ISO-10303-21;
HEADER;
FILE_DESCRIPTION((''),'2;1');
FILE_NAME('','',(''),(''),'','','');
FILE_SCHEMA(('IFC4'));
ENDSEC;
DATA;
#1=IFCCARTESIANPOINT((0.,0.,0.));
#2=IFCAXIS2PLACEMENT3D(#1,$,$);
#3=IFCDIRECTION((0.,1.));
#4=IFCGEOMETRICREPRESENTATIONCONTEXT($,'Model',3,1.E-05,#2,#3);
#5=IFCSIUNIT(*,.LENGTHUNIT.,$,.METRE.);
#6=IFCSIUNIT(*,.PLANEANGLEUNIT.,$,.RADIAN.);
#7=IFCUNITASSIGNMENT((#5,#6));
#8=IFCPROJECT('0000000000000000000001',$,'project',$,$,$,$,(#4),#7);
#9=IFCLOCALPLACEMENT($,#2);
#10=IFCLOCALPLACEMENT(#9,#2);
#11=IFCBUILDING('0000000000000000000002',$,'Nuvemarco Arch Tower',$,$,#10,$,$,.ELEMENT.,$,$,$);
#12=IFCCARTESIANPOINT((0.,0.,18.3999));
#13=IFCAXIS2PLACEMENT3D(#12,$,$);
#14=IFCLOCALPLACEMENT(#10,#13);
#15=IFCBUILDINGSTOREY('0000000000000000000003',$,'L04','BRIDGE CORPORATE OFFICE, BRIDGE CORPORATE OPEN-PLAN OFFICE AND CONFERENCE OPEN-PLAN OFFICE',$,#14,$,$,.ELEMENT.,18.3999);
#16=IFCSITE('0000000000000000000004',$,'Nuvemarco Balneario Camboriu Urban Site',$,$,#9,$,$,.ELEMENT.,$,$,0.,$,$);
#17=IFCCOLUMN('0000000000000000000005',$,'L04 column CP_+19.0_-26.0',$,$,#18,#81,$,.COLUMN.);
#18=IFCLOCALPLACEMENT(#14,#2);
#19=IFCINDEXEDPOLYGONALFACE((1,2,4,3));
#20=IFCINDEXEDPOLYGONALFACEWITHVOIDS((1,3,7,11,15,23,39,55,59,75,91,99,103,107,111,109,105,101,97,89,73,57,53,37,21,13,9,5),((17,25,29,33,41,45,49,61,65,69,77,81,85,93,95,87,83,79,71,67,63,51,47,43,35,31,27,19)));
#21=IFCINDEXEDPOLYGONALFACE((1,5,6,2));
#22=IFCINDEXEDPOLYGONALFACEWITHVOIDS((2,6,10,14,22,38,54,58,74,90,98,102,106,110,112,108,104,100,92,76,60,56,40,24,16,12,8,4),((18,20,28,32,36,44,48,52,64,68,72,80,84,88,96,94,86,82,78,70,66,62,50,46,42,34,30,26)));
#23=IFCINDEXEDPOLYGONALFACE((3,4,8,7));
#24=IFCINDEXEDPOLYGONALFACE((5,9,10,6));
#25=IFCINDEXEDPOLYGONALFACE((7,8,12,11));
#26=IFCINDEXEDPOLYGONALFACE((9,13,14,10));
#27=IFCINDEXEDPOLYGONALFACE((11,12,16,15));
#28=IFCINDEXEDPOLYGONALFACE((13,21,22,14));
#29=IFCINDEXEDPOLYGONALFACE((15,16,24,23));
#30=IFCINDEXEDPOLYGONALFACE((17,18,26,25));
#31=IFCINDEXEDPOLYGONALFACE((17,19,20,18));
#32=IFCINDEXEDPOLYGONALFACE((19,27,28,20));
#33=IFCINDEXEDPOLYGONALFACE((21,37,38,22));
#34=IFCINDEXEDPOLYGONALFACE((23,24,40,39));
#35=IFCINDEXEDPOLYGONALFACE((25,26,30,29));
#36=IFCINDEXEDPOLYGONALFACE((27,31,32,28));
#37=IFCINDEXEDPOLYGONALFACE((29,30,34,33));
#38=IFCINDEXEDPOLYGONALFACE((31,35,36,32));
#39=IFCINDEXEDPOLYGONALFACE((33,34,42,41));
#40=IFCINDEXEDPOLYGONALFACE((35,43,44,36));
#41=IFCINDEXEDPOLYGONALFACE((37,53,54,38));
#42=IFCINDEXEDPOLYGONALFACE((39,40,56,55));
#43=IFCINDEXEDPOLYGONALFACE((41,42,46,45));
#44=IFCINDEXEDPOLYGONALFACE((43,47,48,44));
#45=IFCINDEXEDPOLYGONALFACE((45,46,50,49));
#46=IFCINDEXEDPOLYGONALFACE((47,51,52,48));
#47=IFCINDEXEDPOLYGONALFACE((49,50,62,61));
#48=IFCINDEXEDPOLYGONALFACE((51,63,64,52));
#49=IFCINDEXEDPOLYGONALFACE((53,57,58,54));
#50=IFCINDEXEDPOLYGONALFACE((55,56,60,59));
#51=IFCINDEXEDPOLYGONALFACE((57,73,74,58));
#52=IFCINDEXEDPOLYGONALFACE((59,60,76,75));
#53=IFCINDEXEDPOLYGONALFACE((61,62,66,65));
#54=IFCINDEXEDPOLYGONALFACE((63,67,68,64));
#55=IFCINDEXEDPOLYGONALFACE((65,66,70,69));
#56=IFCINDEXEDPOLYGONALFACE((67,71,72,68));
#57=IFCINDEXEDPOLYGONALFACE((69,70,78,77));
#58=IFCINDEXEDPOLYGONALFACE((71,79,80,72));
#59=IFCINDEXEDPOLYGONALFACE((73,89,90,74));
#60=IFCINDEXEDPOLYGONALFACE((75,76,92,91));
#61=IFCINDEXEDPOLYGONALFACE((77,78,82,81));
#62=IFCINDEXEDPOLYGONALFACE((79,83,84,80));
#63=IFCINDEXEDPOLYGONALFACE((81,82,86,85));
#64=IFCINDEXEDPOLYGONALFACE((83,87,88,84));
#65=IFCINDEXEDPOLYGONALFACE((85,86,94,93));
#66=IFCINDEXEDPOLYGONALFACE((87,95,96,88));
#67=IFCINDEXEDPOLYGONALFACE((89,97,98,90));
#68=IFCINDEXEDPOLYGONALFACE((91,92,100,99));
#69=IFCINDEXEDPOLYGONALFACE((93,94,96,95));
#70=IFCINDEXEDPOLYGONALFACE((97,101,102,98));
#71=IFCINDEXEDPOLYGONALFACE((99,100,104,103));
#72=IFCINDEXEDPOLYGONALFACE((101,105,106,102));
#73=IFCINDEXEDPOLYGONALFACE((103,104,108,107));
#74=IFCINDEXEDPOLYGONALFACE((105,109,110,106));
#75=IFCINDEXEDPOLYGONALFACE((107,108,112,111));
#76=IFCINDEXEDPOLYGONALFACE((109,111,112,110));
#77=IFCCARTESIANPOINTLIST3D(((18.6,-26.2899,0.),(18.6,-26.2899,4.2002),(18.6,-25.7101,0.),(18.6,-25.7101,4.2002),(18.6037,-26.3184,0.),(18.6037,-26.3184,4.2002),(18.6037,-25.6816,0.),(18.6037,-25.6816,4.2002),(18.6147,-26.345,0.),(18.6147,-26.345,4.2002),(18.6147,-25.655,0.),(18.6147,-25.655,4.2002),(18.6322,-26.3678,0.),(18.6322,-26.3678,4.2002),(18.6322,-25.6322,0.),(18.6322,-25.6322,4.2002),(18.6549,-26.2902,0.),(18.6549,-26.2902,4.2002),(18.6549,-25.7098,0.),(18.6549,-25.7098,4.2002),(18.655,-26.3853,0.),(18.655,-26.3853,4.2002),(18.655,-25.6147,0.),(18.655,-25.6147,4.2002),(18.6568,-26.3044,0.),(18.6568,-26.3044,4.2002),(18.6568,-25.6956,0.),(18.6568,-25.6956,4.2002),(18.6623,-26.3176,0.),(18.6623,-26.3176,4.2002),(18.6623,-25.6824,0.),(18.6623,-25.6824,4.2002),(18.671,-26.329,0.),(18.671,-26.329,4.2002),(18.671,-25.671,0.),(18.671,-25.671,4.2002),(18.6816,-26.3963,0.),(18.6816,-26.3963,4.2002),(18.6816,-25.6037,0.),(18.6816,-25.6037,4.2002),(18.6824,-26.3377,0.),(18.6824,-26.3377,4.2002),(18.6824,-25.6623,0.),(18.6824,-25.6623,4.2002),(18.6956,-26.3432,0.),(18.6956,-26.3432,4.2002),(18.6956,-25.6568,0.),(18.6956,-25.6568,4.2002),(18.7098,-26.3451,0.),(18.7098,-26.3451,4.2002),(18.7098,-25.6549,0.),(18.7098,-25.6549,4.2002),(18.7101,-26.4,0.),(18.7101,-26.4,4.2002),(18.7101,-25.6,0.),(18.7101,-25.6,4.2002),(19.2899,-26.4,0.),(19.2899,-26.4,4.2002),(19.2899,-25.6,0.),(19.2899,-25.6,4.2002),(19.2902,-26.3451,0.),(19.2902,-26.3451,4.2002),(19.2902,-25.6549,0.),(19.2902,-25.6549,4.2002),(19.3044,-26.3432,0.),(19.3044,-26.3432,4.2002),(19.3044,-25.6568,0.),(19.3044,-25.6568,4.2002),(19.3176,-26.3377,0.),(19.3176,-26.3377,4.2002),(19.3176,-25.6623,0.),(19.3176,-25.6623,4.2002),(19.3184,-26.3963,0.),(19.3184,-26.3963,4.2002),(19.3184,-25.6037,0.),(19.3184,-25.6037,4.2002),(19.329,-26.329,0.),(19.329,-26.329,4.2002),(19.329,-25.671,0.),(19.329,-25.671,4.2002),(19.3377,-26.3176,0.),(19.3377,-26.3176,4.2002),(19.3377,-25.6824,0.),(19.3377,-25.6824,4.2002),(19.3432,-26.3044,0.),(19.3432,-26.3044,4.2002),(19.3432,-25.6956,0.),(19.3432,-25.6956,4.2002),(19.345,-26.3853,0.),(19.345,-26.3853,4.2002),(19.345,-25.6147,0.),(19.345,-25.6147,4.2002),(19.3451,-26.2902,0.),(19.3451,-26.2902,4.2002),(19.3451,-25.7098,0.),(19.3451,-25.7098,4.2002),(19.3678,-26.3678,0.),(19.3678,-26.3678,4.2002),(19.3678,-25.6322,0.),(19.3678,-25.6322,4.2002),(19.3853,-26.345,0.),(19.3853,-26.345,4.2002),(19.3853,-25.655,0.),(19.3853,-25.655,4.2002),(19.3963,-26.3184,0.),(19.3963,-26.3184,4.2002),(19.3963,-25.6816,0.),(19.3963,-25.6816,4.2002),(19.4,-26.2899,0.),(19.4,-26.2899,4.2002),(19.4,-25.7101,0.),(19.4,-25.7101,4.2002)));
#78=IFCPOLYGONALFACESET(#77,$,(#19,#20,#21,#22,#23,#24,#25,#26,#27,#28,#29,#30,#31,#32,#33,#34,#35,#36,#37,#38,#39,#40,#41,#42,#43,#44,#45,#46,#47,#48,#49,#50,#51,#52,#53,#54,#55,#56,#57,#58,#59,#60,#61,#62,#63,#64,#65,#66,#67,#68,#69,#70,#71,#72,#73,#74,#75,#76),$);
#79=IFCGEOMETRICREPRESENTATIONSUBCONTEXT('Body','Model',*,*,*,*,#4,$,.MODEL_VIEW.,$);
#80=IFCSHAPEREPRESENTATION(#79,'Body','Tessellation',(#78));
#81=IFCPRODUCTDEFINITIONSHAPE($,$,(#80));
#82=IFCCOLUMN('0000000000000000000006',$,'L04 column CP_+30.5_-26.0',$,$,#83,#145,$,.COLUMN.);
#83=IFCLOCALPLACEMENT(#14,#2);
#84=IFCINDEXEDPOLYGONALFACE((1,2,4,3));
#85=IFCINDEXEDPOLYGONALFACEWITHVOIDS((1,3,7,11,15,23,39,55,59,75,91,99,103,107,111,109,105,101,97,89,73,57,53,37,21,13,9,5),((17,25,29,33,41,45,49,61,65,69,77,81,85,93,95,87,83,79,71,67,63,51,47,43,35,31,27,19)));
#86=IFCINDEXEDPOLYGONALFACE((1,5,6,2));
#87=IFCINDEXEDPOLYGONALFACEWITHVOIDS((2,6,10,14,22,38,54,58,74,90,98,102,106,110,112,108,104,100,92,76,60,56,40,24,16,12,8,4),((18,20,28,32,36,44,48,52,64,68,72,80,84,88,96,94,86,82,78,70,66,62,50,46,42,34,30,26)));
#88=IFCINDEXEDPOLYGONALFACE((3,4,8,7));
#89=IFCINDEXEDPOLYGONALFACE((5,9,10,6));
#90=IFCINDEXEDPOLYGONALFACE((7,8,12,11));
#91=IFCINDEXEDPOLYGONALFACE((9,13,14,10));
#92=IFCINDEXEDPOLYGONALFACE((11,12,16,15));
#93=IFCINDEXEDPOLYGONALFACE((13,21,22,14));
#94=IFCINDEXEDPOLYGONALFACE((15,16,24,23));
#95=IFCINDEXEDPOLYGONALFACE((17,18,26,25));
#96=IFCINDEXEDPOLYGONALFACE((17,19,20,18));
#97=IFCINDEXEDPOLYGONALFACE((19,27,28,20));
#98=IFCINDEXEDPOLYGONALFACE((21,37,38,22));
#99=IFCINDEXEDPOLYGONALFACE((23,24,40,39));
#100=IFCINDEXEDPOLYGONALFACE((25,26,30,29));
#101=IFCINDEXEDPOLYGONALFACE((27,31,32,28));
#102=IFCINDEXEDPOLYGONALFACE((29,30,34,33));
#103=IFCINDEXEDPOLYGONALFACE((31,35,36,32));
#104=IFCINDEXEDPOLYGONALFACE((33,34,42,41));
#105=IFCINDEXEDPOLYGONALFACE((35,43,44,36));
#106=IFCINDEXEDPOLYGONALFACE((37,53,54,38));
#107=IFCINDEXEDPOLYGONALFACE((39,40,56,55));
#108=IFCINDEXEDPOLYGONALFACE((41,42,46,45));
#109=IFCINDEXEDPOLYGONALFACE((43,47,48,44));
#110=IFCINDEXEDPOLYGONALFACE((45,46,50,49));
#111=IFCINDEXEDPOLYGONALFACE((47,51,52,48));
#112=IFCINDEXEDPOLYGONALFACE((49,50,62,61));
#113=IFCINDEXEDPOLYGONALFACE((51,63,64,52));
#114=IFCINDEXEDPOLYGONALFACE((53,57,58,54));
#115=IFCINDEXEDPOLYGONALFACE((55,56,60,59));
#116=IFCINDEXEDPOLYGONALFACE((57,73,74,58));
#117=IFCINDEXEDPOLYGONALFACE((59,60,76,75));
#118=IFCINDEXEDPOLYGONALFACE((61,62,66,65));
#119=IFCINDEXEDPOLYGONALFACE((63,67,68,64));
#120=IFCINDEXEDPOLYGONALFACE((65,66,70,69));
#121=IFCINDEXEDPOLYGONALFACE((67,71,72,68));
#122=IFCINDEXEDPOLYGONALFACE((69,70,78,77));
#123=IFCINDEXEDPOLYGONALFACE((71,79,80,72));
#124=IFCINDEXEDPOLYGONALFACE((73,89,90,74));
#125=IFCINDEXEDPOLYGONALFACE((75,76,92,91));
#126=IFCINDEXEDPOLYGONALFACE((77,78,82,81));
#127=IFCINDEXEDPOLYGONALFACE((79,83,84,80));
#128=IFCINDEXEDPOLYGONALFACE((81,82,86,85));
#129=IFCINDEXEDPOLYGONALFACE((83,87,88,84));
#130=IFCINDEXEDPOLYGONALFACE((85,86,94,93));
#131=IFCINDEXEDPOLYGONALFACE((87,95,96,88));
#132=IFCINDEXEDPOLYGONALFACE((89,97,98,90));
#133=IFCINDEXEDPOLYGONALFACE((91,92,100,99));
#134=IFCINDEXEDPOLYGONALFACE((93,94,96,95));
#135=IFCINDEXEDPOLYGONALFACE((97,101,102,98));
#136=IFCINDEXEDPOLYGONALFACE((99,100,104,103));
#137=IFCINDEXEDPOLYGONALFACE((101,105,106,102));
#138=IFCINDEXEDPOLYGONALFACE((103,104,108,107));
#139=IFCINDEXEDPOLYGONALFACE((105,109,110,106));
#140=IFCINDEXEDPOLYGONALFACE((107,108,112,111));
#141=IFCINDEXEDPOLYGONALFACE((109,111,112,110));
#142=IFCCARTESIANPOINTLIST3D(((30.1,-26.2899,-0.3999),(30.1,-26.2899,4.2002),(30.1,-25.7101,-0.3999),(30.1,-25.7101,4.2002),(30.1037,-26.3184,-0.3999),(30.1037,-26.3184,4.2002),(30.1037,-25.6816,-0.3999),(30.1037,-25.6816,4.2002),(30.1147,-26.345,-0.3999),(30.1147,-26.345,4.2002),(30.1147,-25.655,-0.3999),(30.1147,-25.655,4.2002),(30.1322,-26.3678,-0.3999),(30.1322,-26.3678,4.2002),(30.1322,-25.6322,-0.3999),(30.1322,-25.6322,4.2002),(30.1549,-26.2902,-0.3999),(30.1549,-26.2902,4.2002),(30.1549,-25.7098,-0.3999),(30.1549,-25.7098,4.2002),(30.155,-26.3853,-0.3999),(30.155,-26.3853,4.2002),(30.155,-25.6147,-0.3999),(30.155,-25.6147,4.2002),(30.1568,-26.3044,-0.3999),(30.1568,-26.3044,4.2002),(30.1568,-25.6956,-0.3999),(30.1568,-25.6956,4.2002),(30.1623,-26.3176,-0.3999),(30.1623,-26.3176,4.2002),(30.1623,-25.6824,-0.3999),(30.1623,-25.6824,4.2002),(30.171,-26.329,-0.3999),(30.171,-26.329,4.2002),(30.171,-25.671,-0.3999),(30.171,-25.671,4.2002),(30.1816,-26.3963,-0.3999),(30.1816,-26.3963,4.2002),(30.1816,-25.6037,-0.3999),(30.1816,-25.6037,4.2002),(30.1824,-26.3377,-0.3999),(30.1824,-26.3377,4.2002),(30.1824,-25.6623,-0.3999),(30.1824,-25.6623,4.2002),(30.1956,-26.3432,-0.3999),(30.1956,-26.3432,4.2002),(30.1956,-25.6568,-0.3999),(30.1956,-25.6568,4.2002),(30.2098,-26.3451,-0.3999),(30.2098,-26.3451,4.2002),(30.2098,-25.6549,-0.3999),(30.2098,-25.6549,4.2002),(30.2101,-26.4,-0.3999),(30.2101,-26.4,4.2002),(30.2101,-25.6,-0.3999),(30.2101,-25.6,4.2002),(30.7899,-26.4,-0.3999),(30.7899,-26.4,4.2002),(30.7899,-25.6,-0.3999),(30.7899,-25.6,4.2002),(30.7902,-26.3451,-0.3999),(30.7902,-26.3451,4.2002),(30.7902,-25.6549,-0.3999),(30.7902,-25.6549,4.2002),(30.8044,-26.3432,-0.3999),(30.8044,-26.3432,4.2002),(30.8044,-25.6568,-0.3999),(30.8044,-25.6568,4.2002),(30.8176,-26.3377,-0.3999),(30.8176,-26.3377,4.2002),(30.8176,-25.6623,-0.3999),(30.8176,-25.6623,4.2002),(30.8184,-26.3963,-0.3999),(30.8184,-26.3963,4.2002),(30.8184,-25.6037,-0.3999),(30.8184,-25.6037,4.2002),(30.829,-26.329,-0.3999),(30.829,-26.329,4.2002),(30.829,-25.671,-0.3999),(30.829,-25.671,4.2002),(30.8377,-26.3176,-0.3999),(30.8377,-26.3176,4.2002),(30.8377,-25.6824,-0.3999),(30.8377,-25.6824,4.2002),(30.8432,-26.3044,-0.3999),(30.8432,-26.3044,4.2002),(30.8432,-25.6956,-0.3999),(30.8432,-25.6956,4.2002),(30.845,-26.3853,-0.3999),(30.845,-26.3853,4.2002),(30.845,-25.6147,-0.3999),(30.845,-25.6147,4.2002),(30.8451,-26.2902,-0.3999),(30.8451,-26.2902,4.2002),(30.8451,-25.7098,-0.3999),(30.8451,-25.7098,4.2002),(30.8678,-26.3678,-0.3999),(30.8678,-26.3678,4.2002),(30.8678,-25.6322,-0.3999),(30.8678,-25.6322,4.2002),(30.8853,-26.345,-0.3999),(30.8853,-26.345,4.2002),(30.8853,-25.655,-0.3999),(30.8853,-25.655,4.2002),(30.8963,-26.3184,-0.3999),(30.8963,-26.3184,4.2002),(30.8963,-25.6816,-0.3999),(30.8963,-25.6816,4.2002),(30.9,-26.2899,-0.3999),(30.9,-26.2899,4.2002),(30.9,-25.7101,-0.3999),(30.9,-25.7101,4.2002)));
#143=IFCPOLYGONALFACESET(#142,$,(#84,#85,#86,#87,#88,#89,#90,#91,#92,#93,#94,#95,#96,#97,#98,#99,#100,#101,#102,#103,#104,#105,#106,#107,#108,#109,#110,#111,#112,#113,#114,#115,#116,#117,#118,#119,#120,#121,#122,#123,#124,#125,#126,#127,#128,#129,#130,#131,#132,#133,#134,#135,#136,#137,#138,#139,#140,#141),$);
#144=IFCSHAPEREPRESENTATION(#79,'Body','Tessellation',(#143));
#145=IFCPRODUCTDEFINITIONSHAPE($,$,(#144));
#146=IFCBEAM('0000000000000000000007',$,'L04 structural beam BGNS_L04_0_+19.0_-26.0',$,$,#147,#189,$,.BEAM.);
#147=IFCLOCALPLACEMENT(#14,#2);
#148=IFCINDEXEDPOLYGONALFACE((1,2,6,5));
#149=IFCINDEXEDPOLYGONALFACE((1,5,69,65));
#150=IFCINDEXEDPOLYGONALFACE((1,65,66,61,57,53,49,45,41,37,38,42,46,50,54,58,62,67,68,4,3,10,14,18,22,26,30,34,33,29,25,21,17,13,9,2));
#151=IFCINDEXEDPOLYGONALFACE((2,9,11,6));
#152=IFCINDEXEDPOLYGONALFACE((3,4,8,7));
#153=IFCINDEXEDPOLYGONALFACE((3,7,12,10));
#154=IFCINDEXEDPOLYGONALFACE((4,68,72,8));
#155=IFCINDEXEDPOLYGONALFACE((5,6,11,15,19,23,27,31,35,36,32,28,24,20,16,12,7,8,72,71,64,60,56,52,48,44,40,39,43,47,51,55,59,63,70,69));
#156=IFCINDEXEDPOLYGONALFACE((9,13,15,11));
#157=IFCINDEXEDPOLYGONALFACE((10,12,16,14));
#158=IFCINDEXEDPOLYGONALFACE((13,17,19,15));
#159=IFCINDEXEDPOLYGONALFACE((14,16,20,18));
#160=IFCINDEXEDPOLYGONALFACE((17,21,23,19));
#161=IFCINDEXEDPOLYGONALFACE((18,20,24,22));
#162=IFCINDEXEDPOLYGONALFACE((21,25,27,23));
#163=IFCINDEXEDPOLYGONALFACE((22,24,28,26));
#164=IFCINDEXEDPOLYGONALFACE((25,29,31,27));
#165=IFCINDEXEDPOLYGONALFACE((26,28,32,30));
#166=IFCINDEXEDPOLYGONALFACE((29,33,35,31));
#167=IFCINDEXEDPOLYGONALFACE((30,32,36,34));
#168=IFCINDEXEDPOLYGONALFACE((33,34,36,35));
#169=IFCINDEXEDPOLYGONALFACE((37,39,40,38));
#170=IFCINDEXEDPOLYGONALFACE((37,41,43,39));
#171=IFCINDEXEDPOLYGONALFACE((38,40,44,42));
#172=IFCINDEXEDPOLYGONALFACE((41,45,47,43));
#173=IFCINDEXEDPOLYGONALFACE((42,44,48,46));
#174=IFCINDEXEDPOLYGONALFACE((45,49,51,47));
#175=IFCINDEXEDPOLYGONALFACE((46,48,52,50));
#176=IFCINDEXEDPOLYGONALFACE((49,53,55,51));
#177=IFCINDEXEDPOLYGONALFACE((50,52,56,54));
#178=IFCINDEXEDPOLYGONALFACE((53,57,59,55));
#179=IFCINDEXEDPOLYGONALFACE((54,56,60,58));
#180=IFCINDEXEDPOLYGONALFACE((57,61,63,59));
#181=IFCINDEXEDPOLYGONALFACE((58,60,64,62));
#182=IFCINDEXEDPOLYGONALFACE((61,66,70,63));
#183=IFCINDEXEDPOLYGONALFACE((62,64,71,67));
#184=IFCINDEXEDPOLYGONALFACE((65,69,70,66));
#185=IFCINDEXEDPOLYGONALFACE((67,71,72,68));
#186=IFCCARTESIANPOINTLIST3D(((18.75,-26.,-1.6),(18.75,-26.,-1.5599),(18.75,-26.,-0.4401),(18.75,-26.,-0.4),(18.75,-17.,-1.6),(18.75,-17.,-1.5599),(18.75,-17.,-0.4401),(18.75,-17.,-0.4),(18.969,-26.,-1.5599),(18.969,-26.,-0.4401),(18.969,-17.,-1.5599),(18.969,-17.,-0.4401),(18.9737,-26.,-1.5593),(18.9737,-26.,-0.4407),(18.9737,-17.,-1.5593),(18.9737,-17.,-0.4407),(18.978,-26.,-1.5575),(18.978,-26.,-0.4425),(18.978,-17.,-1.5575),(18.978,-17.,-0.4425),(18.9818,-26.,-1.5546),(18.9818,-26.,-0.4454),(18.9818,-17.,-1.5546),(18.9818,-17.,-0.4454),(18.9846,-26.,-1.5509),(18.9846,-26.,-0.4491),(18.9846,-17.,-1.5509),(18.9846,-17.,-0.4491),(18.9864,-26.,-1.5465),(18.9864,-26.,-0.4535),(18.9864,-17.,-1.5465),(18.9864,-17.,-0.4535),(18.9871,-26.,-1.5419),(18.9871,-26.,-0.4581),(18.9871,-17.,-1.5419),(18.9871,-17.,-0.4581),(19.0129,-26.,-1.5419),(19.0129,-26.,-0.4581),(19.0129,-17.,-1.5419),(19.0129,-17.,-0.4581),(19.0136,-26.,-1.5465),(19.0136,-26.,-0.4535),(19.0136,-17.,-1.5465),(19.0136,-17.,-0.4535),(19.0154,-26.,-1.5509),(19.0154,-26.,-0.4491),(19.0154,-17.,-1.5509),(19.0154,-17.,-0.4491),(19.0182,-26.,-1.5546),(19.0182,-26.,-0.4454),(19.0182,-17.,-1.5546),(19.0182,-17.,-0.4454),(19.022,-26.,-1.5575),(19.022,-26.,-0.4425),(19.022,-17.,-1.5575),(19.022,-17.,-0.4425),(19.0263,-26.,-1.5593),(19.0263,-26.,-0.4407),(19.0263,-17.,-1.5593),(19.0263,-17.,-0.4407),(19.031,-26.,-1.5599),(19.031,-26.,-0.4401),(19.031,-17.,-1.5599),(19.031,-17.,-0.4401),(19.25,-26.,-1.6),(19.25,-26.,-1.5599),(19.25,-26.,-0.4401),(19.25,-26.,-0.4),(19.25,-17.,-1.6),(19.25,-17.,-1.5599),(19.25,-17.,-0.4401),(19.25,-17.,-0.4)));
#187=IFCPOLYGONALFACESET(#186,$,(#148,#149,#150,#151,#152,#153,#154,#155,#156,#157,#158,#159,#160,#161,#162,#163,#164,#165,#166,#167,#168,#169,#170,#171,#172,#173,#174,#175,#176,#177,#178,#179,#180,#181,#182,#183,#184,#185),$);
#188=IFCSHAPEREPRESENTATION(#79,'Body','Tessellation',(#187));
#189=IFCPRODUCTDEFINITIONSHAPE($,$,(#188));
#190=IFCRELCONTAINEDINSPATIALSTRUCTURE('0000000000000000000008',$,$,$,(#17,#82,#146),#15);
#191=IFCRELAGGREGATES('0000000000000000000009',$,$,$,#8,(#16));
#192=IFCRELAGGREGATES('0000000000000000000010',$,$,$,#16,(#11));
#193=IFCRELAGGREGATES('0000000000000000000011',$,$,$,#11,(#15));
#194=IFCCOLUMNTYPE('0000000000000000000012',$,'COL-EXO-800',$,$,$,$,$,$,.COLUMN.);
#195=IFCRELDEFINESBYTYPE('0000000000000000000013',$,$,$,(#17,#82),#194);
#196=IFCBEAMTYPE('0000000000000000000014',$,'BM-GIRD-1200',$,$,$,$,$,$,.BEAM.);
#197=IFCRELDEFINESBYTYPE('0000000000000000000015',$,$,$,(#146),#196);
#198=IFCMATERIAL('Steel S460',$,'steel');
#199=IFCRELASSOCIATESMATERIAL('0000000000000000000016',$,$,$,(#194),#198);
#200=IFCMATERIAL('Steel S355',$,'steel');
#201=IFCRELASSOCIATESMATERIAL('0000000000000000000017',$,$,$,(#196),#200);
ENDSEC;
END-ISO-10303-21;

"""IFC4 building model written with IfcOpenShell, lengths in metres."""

from ifc_helpers import new_model, si_unit, direction, frame, origin, origin_2d, place, context, subcontext, project, spatial, hollow_rectangle, i_section, extrude, material, material_profile, profile_set, type_object, element, save


model = new_model("IFC4")

# Units and contexts
model_context = context("Model", 3, precision=1e-05, world=origin(), true_north=direction((0.0, 1.0)))
body_context = subcontext(model_context, "Body", "Model", "MODEL_VIEW")
ifc_project = project(units=[si_unit("LENGTHUNIT", "METRE"), si_unit("PLANEANGLEUNIT", "RADIAN")], contexts=[model_context])

# Site, building, storey
site_placement = place(None, origin())
site = spatial("IfcSite", under=ifc_project, at=site_placement, Name="Nuvemarco Balneario Camboriu Urban Site", CompositionType="ELEMENT", RefElevation=0.0)
building_placement = place(site_placement, origin())
building = spatial("IfcBuilding", under=site, at=building_placement, Name="Nuvemarco Arch Tower", CompositionType="ELEMENT")
storey_placement = place(building_placement, frame((0.0, 0.0, 18.3999)))
storey = spatial("IfcBuildingStorey", under=building, at=storey_placement, Name="L04", Description="BRIDGE CORPORATE OFFICE, BRIDGE CORPORATE OPEN-PLAN OFFICE AND CONFERENCE OPEN-PLAN OFFICE", CompositionType="ELEMENT", Elevation=18.3999)

# Columns
ifc_material_1 = material(Name="Steel S460", Category="steel")
ifc_material_profile_1 = material_profile(ifc_material_1, hollow_rectangle(XDim=0.8, YDim=0.8, WallThickness=0.0549, InnerFilletRadius=0.0549, OuterFilletRadius=0.1101, at=origin_2d()), Name="SHS800x800x55")
ifc_profile_set_1 = profile_set([ifc_material_profile_1], Name="Steel S460")
column_type = type_object("IfcColumnType", Name="COL-EXO-800", PredefinedType="COLUMN", material=ifc_profile_set_1)
column_1_placement = place(storey_placement, frame((19.0, -26.0, 0.0), z_axis=(0.0, 0.0, 1.0), x_axis=(1.0, 0.0, 0.0)))
element("IfcColumn", 1, at=column_1_placement, inside=storey, type_object=column_type, Name="L04 column CP_+19.0_-26.0", PredefinedType="COLUMN", context=body_context, shape_type="SweptSolid", body=[
    extrude(hollow_rectangle(XDim=0.8, YDim=0.8, WallThickness=0.0549, InnerFilletRadius=0.0549, OuterFilletRadius=0.1101, at=origin_2d()), origin(), (0.0, 0.0, 1.0), 4.2002),
])
column_2_placement = place(storey_placement, frame((30.5, -26.0, -0.3999), z_axis=(0.0, 0.0, 1.0), x_axis=(1.0, 0.0, 0.0)))
element("IfcColumn", 2, at=column_2_placement, inside=storey, type_object=column_type, Name="L04 column CP_+30.5_-26.0", PredefinedType="COLUMN", context=body_context, shape_type="SweptSolid", body=[
    extrude(hollow_rectangle(XDim=0.8, YDim=0.8, WallThickness=0.0549, InnerFilletRadius=0.0549, OuterFilletRadius=0.1101, at=origin_2d()), origin(), (0.0, 0.0, 1.0), 4.6001),
])

# Beam
ifc_material_2 = material(Name="Steel S355", Category="steel")
ifc_material_profile_2 = material_profile(ifc_material_2, i_section(OverallWidth=0.5, OverallDepth=1.2, WebThickness=0.0259, FlangeThickness=0.04, FilletRadius=0.0181, at=origin_2d()), Name="PG1200x500")
ifc_profile_set_2 = profile_set([ifc_material_profile_2], Name="Steel S355")
beam_type_1 = type_object("IfcBeamType", Name="BM-GIRD-1200", PredefinedType="BEAM", material=ifc_profile_set_2)
beam_1_placement = place(storey_placement, frame((19.0, -26.0, -1.0), z_axis=(0.0, 1.0, 0.0), x_axis=(-1.0, 0.0, 0.0)))
element("IfcBeam", 3, at=beam_1_placement, inside=storey, type_object=beam_type_1, Name="L04 structural beam BGNS_L04_0_+19.0_-26.0", PredefinedType="BEAM", context=body_context, shape_type="SweptSolid", body=[
    extrude(i_section(OverallWidth=0.5, OverallDepth=1.2, WebThickness=0.0259, FlangeThickness=0.04, FilletRadius=0.0181, at=origin_2d()), origin(), (0.0, 0.0, 1.0), 9.0),
])

save(model, "model.ifc")
